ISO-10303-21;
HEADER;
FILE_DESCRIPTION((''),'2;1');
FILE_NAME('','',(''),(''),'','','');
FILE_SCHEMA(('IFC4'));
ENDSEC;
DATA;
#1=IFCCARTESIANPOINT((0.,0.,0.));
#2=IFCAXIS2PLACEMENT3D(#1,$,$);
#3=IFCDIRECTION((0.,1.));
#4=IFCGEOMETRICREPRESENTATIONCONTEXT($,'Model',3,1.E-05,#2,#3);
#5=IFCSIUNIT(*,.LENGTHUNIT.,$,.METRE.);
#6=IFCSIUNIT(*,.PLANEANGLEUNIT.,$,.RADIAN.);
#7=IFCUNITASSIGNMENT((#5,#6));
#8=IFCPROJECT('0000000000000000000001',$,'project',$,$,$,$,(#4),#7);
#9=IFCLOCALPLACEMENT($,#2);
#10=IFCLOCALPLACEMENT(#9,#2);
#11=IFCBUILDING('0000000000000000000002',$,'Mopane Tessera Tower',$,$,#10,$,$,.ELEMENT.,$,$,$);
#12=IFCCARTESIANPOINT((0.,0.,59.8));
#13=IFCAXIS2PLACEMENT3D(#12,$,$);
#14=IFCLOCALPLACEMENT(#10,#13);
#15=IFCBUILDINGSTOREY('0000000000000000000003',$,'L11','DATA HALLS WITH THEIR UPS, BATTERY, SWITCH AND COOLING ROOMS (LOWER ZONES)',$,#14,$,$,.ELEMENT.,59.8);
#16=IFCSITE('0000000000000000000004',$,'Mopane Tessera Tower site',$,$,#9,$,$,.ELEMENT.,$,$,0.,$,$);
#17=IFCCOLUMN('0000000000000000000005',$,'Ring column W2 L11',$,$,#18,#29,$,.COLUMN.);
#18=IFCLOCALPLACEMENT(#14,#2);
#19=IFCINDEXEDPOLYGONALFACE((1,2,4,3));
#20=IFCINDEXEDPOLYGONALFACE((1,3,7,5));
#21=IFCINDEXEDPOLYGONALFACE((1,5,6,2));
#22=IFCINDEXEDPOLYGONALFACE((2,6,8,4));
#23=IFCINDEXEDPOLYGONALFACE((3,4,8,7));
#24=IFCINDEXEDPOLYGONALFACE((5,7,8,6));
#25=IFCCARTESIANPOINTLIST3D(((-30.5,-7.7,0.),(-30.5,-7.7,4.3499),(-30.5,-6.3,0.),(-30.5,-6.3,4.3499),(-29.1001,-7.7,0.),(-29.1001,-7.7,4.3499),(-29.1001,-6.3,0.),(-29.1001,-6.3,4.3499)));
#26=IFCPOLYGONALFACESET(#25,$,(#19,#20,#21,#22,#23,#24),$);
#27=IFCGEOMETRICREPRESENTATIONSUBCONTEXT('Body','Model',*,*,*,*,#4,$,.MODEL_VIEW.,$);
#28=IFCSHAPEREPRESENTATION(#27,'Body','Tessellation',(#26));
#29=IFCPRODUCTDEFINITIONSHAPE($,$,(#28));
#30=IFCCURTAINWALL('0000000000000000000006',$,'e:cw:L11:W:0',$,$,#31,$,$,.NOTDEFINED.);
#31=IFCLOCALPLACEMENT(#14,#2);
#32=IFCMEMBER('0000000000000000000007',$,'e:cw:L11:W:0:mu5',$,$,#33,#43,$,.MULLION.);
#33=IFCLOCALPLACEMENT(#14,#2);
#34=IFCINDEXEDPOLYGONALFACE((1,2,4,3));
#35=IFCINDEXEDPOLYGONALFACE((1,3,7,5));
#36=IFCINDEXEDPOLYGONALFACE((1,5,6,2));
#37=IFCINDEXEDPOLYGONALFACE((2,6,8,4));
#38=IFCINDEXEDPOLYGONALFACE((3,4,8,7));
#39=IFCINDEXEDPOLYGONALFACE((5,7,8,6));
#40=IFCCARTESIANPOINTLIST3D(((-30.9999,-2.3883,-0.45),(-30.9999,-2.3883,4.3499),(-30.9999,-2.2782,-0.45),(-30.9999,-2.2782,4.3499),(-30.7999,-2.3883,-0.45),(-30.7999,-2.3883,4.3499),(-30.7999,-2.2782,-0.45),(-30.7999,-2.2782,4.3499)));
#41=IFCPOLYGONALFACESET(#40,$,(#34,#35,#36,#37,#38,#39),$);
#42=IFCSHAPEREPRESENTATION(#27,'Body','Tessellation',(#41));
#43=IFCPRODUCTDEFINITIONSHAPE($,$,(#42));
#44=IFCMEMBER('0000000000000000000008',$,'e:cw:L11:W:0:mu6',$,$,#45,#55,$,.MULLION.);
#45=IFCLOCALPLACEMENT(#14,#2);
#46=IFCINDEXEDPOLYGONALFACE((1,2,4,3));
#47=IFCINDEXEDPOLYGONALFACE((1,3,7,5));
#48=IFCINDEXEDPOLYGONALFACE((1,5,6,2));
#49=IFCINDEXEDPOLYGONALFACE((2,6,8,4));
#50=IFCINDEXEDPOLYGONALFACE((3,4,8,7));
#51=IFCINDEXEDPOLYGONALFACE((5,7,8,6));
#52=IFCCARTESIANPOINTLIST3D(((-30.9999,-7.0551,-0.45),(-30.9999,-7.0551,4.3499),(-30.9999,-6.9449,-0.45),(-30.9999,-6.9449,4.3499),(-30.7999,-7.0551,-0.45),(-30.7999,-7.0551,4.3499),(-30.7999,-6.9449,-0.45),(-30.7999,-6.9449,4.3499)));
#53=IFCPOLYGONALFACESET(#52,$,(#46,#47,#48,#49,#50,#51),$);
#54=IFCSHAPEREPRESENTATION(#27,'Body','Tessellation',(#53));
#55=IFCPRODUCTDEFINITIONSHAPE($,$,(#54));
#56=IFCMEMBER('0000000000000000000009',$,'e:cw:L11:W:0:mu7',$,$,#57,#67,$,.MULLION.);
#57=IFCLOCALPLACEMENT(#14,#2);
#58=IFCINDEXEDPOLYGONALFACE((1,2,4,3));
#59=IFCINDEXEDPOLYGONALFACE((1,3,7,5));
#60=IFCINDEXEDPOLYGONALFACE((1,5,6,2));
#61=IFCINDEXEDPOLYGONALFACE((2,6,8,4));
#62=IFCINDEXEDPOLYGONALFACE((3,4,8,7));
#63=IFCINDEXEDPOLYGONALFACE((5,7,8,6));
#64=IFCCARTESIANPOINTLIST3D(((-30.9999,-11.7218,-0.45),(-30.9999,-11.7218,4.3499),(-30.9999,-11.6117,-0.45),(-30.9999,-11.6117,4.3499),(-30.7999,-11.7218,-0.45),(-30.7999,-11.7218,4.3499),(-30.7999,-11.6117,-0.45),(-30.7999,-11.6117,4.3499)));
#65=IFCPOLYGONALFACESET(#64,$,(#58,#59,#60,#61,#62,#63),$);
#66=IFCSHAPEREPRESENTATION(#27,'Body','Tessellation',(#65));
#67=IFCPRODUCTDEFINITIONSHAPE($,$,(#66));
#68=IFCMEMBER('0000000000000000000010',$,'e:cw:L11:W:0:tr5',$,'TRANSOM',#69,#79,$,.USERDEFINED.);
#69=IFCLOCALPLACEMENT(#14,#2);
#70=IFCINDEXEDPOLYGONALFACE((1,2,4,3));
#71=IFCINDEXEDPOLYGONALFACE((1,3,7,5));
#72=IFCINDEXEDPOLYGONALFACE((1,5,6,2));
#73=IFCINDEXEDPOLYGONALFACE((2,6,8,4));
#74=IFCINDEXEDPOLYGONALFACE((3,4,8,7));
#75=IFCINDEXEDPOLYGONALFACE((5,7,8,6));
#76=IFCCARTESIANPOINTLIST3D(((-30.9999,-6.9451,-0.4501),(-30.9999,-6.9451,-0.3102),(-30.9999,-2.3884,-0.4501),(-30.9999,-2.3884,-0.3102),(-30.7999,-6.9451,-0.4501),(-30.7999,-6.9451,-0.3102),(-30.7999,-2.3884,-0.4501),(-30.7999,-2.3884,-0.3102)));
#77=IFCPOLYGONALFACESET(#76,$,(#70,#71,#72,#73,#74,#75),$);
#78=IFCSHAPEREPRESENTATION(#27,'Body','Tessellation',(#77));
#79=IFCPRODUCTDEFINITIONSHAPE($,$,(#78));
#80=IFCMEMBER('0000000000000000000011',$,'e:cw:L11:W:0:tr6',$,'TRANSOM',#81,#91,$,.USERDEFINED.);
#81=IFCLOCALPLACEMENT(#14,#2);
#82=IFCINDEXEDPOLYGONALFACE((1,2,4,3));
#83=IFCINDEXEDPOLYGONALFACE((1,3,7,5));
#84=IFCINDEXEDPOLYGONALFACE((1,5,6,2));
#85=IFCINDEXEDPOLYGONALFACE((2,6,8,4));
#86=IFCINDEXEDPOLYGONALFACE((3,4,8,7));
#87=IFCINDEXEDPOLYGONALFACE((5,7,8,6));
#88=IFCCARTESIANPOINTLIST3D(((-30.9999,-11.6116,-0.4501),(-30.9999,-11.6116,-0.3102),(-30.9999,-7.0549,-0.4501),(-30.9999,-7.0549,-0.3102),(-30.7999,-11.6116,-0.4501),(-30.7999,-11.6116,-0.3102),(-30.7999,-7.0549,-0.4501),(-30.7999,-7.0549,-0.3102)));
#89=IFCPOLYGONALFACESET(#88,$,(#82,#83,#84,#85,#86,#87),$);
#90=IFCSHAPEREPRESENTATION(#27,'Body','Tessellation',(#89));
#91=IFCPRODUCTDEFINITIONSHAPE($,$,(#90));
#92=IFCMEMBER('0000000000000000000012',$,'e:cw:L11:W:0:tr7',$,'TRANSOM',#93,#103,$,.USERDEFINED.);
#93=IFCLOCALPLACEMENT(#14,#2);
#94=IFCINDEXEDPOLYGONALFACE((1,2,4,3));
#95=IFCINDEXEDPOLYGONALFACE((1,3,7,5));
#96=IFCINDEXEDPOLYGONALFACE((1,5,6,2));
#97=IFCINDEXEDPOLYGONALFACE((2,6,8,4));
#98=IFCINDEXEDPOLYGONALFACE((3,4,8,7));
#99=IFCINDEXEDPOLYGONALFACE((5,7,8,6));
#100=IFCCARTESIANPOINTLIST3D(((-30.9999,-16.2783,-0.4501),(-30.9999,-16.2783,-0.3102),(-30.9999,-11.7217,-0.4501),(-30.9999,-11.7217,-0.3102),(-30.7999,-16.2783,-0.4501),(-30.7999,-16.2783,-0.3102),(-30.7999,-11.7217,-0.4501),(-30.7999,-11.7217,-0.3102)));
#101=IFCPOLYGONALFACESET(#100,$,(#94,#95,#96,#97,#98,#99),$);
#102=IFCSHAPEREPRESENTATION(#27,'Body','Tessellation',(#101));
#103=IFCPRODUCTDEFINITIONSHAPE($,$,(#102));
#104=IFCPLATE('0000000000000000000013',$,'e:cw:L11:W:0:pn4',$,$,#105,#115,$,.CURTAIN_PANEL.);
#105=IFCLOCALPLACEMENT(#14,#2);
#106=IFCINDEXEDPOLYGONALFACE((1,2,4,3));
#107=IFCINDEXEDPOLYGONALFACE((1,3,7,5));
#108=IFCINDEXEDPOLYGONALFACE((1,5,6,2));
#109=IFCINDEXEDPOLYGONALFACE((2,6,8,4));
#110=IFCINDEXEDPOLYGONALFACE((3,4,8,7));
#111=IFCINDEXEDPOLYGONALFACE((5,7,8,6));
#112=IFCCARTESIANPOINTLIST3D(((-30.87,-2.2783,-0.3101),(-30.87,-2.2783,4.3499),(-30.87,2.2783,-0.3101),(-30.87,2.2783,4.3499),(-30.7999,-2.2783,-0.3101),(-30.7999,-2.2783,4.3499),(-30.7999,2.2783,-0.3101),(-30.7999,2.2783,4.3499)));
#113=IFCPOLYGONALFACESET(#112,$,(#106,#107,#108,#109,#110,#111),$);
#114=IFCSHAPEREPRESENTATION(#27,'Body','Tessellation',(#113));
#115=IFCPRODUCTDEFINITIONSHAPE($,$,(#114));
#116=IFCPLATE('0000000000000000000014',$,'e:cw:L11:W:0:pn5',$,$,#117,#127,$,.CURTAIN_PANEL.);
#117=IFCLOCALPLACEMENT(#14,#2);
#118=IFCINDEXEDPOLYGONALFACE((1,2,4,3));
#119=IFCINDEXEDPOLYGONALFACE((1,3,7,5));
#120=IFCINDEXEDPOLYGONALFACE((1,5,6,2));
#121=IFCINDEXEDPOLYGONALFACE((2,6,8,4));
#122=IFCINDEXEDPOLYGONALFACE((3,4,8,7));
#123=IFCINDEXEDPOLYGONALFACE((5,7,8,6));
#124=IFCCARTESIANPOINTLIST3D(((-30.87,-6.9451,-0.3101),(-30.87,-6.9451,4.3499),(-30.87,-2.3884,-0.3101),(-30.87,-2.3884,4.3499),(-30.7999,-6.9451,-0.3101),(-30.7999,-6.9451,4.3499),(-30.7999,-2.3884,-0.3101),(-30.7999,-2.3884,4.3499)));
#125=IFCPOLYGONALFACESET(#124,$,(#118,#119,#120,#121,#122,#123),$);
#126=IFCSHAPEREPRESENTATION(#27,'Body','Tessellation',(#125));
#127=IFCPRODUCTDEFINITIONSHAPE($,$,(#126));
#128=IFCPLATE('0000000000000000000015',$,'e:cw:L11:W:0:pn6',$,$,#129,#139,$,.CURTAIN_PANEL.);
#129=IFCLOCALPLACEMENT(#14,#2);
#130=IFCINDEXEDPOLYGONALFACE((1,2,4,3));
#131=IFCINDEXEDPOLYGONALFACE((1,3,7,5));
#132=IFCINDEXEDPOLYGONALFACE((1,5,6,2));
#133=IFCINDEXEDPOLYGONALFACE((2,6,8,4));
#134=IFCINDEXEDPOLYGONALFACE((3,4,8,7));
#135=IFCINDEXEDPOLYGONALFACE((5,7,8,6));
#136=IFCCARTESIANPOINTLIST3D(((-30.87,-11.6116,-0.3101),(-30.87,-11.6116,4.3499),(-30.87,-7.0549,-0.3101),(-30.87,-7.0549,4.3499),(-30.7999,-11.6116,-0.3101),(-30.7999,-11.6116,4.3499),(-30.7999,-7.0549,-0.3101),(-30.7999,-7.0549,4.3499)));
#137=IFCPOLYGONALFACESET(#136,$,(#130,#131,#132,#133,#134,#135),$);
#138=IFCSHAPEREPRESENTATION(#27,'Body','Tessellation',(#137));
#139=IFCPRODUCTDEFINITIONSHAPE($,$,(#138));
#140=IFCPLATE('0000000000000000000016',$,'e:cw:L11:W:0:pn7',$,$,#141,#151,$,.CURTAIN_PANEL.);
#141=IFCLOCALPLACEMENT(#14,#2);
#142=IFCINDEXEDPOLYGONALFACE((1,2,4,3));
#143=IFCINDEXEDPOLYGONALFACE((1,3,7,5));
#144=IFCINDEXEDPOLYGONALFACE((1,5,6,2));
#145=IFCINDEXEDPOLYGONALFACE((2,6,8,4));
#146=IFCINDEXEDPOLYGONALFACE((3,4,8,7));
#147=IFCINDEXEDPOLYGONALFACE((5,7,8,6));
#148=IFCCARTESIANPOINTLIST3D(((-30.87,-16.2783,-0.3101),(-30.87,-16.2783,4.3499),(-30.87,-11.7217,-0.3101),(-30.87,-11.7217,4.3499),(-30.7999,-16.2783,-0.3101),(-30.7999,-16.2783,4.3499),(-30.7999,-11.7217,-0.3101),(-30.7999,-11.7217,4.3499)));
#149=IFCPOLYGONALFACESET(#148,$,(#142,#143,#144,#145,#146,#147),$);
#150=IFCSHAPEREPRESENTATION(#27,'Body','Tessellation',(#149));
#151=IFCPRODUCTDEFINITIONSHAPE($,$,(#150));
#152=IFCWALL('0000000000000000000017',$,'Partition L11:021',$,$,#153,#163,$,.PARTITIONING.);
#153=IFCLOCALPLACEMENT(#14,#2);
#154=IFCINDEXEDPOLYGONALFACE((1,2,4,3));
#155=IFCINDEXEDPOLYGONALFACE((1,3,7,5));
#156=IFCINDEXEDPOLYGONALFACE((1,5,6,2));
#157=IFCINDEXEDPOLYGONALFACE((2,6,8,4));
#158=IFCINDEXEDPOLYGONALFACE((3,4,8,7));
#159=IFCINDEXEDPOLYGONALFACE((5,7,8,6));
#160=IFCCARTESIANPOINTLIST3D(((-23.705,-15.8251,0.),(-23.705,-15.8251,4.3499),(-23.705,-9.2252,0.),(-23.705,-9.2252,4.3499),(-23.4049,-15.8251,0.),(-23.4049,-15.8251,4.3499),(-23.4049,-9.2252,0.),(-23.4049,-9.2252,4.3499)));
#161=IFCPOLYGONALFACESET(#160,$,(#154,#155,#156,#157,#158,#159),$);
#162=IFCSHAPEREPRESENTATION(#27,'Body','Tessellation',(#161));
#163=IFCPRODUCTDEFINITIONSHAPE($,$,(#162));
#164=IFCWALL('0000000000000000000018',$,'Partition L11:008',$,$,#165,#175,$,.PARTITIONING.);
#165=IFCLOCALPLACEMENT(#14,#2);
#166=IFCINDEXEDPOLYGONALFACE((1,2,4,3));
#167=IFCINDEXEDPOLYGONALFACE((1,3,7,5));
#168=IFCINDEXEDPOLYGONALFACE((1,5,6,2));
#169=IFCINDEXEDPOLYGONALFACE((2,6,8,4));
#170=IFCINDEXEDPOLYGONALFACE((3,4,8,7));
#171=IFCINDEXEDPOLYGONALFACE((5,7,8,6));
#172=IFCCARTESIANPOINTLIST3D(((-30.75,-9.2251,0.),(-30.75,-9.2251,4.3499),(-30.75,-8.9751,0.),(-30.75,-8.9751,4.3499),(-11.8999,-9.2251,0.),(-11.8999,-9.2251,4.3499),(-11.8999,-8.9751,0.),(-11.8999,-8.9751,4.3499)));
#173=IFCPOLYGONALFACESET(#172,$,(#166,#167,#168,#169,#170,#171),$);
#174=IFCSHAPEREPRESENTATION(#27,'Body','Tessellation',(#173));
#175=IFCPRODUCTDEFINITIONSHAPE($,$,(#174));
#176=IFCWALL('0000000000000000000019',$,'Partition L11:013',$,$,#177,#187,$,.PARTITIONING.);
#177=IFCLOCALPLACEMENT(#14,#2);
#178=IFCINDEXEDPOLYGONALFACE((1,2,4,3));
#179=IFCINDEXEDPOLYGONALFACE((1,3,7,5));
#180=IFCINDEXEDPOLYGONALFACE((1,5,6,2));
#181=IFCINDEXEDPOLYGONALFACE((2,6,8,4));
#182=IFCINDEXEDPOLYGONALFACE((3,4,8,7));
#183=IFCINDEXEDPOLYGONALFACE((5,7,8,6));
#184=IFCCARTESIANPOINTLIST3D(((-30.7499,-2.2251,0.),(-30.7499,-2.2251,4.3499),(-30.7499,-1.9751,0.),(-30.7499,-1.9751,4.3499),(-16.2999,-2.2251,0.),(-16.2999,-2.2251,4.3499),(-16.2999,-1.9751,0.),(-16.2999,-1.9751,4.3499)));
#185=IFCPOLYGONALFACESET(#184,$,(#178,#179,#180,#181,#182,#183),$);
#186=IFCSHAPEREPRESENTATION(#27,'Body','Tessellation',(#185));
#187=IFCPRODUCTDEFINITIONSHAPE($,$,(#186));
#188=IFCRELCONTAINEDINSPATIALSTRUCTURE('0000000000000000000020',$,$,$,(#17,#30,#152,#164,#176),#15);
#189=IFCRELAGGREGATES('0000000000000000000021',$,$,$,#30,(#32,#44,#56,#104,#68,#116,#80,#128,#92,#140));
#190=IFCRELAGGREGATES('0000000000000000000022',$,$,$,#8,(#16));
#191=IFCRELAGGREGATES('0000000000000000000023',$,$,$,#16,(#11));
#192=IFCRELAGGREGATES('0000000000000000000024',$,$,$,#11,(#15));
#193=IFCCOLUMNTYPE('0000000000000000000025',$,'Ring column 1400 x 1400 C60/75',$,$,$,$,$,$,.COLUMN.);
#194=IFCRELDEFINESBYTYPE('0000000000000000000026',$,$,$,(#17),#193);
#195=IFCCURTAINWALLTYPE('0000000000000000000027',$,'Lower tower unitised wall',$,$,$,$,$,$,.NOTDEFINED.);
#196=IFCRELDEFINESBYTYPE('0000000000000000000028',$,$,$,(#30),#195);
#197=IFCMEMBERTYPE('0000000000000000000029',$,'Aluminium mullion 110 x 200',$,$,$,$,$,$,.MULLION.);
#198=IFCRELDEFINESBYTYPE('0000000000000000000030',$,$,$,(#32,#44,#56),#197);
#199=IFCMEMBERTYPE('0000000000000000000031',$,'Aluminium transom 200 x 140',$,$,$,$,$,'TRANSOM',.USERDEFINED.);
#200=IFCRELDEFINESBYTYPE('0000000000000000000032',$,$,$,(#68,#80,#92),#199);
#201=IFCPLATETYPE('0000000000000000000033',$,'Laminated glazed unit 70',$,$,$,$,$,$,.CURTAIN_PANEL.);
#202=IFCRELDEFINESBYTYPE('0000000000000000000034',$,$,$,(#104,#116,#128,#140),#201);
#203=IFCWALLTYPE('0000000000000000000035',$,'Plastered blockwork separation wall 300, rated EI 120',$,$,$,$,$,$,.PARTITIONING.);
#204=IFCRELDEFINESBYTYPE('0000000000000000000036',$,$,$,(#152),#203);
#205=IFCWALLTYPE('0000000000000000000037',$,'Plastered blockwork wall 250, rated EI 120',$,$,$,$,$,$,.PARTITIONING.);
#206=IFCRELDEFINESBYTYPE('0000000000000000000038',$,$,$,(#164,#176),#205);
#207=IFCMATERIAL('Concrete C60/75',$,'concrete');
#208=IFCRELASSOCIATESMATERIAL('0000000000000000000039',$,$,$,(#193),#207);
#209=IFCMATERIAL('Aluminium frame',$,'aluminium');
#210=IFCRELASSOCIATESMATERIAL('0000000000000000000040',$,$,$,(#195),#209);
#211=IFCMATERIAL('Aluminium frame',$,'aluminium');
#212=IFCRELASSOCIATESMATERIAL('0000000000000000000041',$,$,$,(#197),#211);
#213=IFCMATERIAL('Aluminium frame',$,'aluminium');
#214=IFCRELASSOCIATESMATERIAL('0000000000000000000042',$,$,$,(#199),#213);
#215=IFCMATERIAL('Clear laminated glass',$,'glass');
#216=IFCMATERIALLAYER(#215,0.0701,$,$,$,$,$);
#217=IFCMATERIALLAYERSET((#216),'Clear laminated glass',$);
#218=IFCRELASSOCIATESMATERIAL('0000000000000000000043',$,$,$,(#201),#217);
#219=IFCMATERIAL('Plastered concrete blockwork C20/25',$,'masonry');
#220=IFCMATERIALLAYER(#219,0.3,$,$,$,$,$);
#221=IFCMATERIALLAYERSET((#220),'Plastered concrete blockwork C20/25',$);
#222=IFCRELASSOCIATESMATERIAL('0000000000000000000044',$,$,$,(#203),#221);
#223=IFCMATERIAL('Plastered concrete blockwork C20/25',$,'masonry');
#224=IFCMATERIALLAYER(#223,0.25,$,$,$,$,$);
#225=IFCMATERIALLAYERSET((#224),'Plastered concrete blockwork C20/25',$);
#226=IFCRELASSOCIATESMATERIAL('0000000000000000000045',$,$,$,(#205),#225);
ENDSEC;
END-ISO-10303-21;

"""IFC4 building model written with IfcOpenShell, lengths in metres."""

from ifc_helpers import new_model, si_unit, direction, frame, frame_2d, origin, origin_2d, place, context, subcontext, project, spatial, rectangle, extrude, material, layer, layer_set, material_profile, profile_set, type_object, element, aggregate, save


model = new_model("IFC4")

# Units and contexts
model_context = context("Model", 3, precision=1e-05, world=origin(), true_north=direction((0.0, 1.0)))
body_context = subcontext(model_context, "Body", "Model", "MODEL_VIEW")
ifc_project = project(units=[si_unit("LENGTHUNIT", "METRE"), si_unit("PLANEANGLEUNIT", "RADIAN")], contexts=[model_context])

# Site, building, storey
site_placement = place(None, origin())
site = spatial("IfcSite", under=ifc_project, at=site_placement, Name="Mopane Tessera Tower site", CompositionType="ELEMENT", RefElevation=0.0)
building_placement = place(site_placement, origin())
building = spatial("IfcBuilding", under=site, at=building_placement, Name="Mopane Tessera Tower", CompositionType="ELEMENT")
storey_placement = place(building_placement, frame((0.0, 0.0, 59.8)))
storey = spatial("IfcBuildingStorey", under=building, at=storey_placement, Name="L11", Description="DATA HALLS WITH THEIR UPS, BATTERY, SWITCH AND COOLING ROOMS (LOWER ZONES)", CompositionType="ELEMENT", Elevation=59.8)

# Column
ifc_material_1 = material(Name="Concrete C60/75", Category="concrete")
ifc_material_profile_1 = material_profile(ifc_material_1, rectangle(XDim=1.3999, YDim=1.3999, at=origin_2d()))
ifc_profile_set_1 = profile_set([ifc_material_profile_1], Name="Concrete C60/75")
column_type = type_object("IfcColumnType", Name="Ring column 1400 x 1400 C60/75", PredefinedType="COLUMN", material=ifc_profile_set_1)
column_placement = place(storey_placement, frame((-29.8, -7.0, 0.0), z_axis=(0.0, 0.0, 1.0), x_axis=(1.0, 0.0, 0.0)))
element("IfcColumn", 1, at=column_placement, inside=storey, type_object=column_type, Name="Ring column W2 L11", PredefinedType="COLUMN", context=body_context, shape_type="SweptSolid", body=[
    extrude(rectangle(XDim=1.3999, YDim=1.3999, at=origin_2d()), origin(), (0.0, 0.0, 1.0), 4.3499),
])

# Curtain wall, members, plates
ifc_material_2 = material(Name="Aluminium frame", Category="aluminium")
curtain_wall_type = type_object("IfcCurtainWallType", Name="Lower tower unitised wall", PredefinedType="NOTDEFINED", material=ifc_material_2)
curtain_wall_placement = place(storey_placement, origin())
curtain_wall = element("IfcCurtainWall", 2, at=curtain_wall_placement, inside=storey, type_object=curtain_wall_type, Name="e:cw:L11:W:0", PredefinedType="NOTDEFINED")
ifc_material_3 = material(Name="Aluminium frame", Category="aluminium")
ifc_material_profile_2 = material_profile(ifc_material_3, rectangle(XDim=0.1101, YDim=0.2, at=origin_2d()))
ifc_profile_set_2 = profile_set([ifc_material_profile_2], Name="Aluminium frame")
member_type_1 = type_object("IfcMemberType", Name="Aluminium mullion 110 x 200", PredefinedType="MULLION", material=ifc_profile_set_2)
member_1_placement = place(storey_placement, frame((-30.8999, -2.3333, -0.45), z_axis=(0.0, 0.0, 1.0), x_axis=(0.0, -1.0, 0.0)))
member_1 = element("IfcMember", 3, at=member_1_placement, type_object=member_type_1, Name="e:cw:L11:W:0:mu5", PredefinedType="MULLION", context=body_context, shape_type="SweptSolid", body=[
    extrude(rectangle(XDim=0.1101, YDim=0.2, at=origin_2d()), origin(), (0.0, 0.0, 1.0), 4.7998),
])
member_2_placement = place(storey_placement, frame((-30.8999, -7.0, -0.45), z_axis=(0.0, 0.0, 1.0), x_axis=(0.0, -1.0, 0.0)))
member_2 = element("IfcMember", 4, at=member_2_placement, type_object=member_type_1, Name="e:cw:L11:W:0:mu6", PredefinedType="MULLION", context=body_context, shape_type="SweptSolid", body=[
    extrude(rectangle(XDim=0.1101, YDim=0.2, at=origin_2d()), origin(), (0.0, 0.0, 1.0), 4.7998),
])
member_3_placement = place(storey_placement, frame((-30.8999, -11.6667, -0.45), z_axis=(0.0, 0.0, 1.0), x_axis=(0.0, -1.0, 0.0)))
member_3 = element("IfcMember", 5, at=member_3_placement, type_object=member_type_1, Name="e:cw:L11:W:0:mu7", PredefinedType="MULLION", context=body_context, shape_type="SweptSolid", body=[
    extrude(rectangle(XDim=0.1101, YDim=0.2, at=origin_2d()), origin(), (0.0, 0.0, 1.0), 4.7998),
])
ifc_material_4 = material(Name="Aluminium frame", Category="aluminium")
ifc_material_profile_3 = material_profile(ifc_material_4, rectangle(XDim=0.2, YDim=0.1399, at=origin_2d()))
ifc_profile_set_3 = profile_set([ifc_material_profile_3], Name="Aluminium frame")
member_type_2 = type_object("IfcMemberType", Name="Aluminium transom 200 x 140", ElementType="TRANSOM", PredefinedType="USERDEFINED", material=ifc_profile_set_3)
member_4_placement = place(storey_placement, frame((-30.8999, -2.3884, -0.3801), z_axis=(0.0, -1.0, 0.0), x_axis=(1.0, 0.0, 0.0)))
member_4 = element("IfcMember", 6, at=member_4_placement, type_object=member_type_2, Name="e:cw:L11:W:0:tr5", ObjectType="TRANSOM", PredefinedType="USERDEFINED", context=body_context, shape_type="SweptSolid", body=[
    extrude(rectangle(XDim=0.2, YDim=0.1399, at=origin_2d()), origin(), (0.0, 0.0, 1.0), 4.5566),
])
member_5_placement = place(storey_placement, frame((-30.8999, -7.0549, -0.3801), z_axis=(0.0, -1.0, 0.0), x_axis=(1.0, 0.0, 0.0)))
member_5 = element("IfcMember", 7, at=member_5_placement, type_object=member_type_2, Name="e:cw:L11:W:0:tr6", ObjectType="TRANSOM", PredefinedType="USERDEFINED", context=body_context, shape_type="SweptSolid", body=[
    extrude(rectangle(XDim=0.2, YDim=0.1399, at=origin_2d()), origin(), (0.0, 0.0, 1.0), 4.5566),
])
member_6_placement = place(storey_placement, frame((-30.8999, -11.7217, -0.3801), z_axis=(0.0, -1.0, 0.0), x_axis=(1.0, 0.0, 0.0)))
member_6 = element("IfcMember", 8, at=member_6_placement, type_object=member_type_2, Name="e:cw:L11:W:0:tr7", ObjectType="TRANSOM", PredefinedType="USERDEFINED", context=body_context, shape_type="SweptSolid", body=[
    extrude(rectangle(XDim=0.2, YDim=0.1399, at=origin_2d()), origin(), (0.0, 0.0, 1.0), 4.5566),
])
ifc_material_5 = material(Name="Clear laminated glass", Category="glass")
ifc_layer_1 = layer(ifc_material_5, 0.0701)
ifc_layer_set_1 = layer_set([ifc_layer_1], Name="Clear laminated glass")
plate_type = type_object("IfcPlateType", Name="Laminated glazed unit 70", PredefinedType="CURTAIN_PANEL", material=ifc_layer_set_1)
plate_1_placement = place(storey_placement, frame((-30.835, 0.0, -0.3101), z_axis=(0.0, 0.0, 1.0), x_axis=(0.0, -1.0, 0.0)))
plate_1 = element("IfcPlate", 9, at=plate_1_placement, type_object=plate_type, Name="e:cw:L11:W:0:pn4", PredefinedType="CURTAIN_PANEL", context=body_context, shape_type="SweptSolid", body=[
    extrude(rectangle(XDim=4.5566, YDim=0.0701, at=origin_2d()), origin(), (0.0, 0.0, 1.0), 4.6599),
])
plate_2_placement = place(storey_placement, frame((-30.835, -4.6667, -0.3101), z_axis=(0.0, 0.0, 1.0), x_axis=(0.0, -1.0, 0.0)))
plate_2 = element("IfcPlate", 10, at=plate_2_placement, type_object=plate_type, Name="e:cw:L11:W:0:pn5", PredefinedType="CURTAIN_PANEL", context=body_context, shape_type="SweptSolid", body=[
    extrude(rectangle(XDim=4.5566, YDim=0.0701, at=origin_2d()), origin(), (0.0, 0.0, 1.0), 4.6599),
])
plate_3_placement = place(storey_placement, frame((-30.835, -9.3333, -0.3101), z_axis=(0.0, 0.0, 1.0), x_axis=(0.0, -1.0, 0.0)))
plate_3 = element("IfcPlate", 11, at=plate_3_placement, type_object=plate_type, Name="e:cw:L11:W:0:pn6", PredefinedType="CURTAIN_PANEL", context=body_context, shape_type="SweptSolid", body=[
    extrude(rectangle(XDim=4.5566, YDim=0.0701, at=origin_2d()), origin(), (0.0, 0.0, 1.0), 4.6599),
])
plate_4_placement = place(storey_placement, frame((-30.835, -14.0, -0.3101), z_axis=(0.0, 0.0, 1.0), x_axis=(0.0, -1.0, 0.0)))
plate_4 = element("IfcPlate", 12, at=plate_4_placement, type_object=plate_type, Name="e:cw:L11:W:0:pn7", PredefinedType="CURTAIN_PANEL", context=body_context, shape_type="SweptSolid", body=[
    extrude(rectangle(XDim=4.5566, YDim=0.0701, at=origin_2d()), origin(), (0.0, 0.0, 1.0), 4.6599),
])
aggregate(curtain_wall, [member_1, member_2, member_3, plate_1, member_4, plate_2, member_5, plate_3, member_6, plate_4])

# Walls
ifc_material_6 = material(Name="Plastered concrete blockwork C20/25", Category="masonry")
ifc_layer_2 = layer(ifc_material_6, 0.3)
ifc_layer_set_2 = layer_set([ifc_layer_2], Name="Plastered concrete blockwork C20/25")
wall_type_1 = type_object("IfcWallType", Name="Plastered blockwork separation wall 300, rated EI 120", PredefinedType="PARTITIONING", material=ifc_layer_set_2)
wall_1_placement = place(storey_placement, frame((-23.5549, -15.825, 0.0), z_axis=(0.0, 0.0, 1.0), x_axis=(0.0, 1.0, 0.0)))
element("IfcWall", 13, at=wall_1_placement, inside=storey, type_object=wall_type_1, Name="Partition L11:021", PredefinedType="PARTITIONING", context=body_context, shape_type="SweptSolid", body=[
    extrude(rectangle(XDim=6.5999, YDim=0.3, at=frame_2d((3.2998, 0.0))), origin(), (0.0, 0.0, 1.0), 4.3499),
])
ifc_material_7 = material(Name="Plastered concrete blockwork C20/25", Category="masonry")
ifc_layer_3 = layer(ifc_material_7, 0.25)
ifc_layer_set_3 = layer_set([ifc_layer_3], Name="Plastered concrete blockwork C20/25")
wall_type_2 = type_object("IfcWallType", Name="Plastered blockwork wall 250, rated EI 120", PredefinedType="PARTITIONING", material=ifc_layer_set_3)
wall_2_placement = place(storey_placement, frame((-30.75, -9.1001, 0.0), z_axis=(0.0, 0.0, 1.0), x_axis=(1.0, 0.0, 0.0)))
element("IfcWall", 14, at=wall_2_placement, inside=storey, type_object=wall_type_2, Name="Partition L11:008", PredefinedType="PARTITIONING", context=body_context, shape_type="SweptSolid", body=[
    extrude(rectangle(XDim=18.8501, YDim=0.25, at=frame_2d((9.425, 0.0))), origin(), (0.0, 0.0, 1.0), 4.3499),
])
wall_3_placement = place(storey_placement, frame((-30.75, -2.1001, 0.0), z_axis=(0.0, 0.0, 1.0), x_axis=(1.0, 0.0, 0.0)))
element("IfcWall", 15, at=wall_3_placement, inside=storey, type_object=wall_type_2, Name="Partition L11:013", PredefinedType="PARTITIONING", context=body_context, shape_type="SweptSolid", body=[
    extrude(rectangle(XDim=14.45, YDim=0.25, at=frame_2d((7.2251, 0.0))), origin(), (0.0, 0.0, 1.0), 4.3499),
])

save(model, "model.ifc")
